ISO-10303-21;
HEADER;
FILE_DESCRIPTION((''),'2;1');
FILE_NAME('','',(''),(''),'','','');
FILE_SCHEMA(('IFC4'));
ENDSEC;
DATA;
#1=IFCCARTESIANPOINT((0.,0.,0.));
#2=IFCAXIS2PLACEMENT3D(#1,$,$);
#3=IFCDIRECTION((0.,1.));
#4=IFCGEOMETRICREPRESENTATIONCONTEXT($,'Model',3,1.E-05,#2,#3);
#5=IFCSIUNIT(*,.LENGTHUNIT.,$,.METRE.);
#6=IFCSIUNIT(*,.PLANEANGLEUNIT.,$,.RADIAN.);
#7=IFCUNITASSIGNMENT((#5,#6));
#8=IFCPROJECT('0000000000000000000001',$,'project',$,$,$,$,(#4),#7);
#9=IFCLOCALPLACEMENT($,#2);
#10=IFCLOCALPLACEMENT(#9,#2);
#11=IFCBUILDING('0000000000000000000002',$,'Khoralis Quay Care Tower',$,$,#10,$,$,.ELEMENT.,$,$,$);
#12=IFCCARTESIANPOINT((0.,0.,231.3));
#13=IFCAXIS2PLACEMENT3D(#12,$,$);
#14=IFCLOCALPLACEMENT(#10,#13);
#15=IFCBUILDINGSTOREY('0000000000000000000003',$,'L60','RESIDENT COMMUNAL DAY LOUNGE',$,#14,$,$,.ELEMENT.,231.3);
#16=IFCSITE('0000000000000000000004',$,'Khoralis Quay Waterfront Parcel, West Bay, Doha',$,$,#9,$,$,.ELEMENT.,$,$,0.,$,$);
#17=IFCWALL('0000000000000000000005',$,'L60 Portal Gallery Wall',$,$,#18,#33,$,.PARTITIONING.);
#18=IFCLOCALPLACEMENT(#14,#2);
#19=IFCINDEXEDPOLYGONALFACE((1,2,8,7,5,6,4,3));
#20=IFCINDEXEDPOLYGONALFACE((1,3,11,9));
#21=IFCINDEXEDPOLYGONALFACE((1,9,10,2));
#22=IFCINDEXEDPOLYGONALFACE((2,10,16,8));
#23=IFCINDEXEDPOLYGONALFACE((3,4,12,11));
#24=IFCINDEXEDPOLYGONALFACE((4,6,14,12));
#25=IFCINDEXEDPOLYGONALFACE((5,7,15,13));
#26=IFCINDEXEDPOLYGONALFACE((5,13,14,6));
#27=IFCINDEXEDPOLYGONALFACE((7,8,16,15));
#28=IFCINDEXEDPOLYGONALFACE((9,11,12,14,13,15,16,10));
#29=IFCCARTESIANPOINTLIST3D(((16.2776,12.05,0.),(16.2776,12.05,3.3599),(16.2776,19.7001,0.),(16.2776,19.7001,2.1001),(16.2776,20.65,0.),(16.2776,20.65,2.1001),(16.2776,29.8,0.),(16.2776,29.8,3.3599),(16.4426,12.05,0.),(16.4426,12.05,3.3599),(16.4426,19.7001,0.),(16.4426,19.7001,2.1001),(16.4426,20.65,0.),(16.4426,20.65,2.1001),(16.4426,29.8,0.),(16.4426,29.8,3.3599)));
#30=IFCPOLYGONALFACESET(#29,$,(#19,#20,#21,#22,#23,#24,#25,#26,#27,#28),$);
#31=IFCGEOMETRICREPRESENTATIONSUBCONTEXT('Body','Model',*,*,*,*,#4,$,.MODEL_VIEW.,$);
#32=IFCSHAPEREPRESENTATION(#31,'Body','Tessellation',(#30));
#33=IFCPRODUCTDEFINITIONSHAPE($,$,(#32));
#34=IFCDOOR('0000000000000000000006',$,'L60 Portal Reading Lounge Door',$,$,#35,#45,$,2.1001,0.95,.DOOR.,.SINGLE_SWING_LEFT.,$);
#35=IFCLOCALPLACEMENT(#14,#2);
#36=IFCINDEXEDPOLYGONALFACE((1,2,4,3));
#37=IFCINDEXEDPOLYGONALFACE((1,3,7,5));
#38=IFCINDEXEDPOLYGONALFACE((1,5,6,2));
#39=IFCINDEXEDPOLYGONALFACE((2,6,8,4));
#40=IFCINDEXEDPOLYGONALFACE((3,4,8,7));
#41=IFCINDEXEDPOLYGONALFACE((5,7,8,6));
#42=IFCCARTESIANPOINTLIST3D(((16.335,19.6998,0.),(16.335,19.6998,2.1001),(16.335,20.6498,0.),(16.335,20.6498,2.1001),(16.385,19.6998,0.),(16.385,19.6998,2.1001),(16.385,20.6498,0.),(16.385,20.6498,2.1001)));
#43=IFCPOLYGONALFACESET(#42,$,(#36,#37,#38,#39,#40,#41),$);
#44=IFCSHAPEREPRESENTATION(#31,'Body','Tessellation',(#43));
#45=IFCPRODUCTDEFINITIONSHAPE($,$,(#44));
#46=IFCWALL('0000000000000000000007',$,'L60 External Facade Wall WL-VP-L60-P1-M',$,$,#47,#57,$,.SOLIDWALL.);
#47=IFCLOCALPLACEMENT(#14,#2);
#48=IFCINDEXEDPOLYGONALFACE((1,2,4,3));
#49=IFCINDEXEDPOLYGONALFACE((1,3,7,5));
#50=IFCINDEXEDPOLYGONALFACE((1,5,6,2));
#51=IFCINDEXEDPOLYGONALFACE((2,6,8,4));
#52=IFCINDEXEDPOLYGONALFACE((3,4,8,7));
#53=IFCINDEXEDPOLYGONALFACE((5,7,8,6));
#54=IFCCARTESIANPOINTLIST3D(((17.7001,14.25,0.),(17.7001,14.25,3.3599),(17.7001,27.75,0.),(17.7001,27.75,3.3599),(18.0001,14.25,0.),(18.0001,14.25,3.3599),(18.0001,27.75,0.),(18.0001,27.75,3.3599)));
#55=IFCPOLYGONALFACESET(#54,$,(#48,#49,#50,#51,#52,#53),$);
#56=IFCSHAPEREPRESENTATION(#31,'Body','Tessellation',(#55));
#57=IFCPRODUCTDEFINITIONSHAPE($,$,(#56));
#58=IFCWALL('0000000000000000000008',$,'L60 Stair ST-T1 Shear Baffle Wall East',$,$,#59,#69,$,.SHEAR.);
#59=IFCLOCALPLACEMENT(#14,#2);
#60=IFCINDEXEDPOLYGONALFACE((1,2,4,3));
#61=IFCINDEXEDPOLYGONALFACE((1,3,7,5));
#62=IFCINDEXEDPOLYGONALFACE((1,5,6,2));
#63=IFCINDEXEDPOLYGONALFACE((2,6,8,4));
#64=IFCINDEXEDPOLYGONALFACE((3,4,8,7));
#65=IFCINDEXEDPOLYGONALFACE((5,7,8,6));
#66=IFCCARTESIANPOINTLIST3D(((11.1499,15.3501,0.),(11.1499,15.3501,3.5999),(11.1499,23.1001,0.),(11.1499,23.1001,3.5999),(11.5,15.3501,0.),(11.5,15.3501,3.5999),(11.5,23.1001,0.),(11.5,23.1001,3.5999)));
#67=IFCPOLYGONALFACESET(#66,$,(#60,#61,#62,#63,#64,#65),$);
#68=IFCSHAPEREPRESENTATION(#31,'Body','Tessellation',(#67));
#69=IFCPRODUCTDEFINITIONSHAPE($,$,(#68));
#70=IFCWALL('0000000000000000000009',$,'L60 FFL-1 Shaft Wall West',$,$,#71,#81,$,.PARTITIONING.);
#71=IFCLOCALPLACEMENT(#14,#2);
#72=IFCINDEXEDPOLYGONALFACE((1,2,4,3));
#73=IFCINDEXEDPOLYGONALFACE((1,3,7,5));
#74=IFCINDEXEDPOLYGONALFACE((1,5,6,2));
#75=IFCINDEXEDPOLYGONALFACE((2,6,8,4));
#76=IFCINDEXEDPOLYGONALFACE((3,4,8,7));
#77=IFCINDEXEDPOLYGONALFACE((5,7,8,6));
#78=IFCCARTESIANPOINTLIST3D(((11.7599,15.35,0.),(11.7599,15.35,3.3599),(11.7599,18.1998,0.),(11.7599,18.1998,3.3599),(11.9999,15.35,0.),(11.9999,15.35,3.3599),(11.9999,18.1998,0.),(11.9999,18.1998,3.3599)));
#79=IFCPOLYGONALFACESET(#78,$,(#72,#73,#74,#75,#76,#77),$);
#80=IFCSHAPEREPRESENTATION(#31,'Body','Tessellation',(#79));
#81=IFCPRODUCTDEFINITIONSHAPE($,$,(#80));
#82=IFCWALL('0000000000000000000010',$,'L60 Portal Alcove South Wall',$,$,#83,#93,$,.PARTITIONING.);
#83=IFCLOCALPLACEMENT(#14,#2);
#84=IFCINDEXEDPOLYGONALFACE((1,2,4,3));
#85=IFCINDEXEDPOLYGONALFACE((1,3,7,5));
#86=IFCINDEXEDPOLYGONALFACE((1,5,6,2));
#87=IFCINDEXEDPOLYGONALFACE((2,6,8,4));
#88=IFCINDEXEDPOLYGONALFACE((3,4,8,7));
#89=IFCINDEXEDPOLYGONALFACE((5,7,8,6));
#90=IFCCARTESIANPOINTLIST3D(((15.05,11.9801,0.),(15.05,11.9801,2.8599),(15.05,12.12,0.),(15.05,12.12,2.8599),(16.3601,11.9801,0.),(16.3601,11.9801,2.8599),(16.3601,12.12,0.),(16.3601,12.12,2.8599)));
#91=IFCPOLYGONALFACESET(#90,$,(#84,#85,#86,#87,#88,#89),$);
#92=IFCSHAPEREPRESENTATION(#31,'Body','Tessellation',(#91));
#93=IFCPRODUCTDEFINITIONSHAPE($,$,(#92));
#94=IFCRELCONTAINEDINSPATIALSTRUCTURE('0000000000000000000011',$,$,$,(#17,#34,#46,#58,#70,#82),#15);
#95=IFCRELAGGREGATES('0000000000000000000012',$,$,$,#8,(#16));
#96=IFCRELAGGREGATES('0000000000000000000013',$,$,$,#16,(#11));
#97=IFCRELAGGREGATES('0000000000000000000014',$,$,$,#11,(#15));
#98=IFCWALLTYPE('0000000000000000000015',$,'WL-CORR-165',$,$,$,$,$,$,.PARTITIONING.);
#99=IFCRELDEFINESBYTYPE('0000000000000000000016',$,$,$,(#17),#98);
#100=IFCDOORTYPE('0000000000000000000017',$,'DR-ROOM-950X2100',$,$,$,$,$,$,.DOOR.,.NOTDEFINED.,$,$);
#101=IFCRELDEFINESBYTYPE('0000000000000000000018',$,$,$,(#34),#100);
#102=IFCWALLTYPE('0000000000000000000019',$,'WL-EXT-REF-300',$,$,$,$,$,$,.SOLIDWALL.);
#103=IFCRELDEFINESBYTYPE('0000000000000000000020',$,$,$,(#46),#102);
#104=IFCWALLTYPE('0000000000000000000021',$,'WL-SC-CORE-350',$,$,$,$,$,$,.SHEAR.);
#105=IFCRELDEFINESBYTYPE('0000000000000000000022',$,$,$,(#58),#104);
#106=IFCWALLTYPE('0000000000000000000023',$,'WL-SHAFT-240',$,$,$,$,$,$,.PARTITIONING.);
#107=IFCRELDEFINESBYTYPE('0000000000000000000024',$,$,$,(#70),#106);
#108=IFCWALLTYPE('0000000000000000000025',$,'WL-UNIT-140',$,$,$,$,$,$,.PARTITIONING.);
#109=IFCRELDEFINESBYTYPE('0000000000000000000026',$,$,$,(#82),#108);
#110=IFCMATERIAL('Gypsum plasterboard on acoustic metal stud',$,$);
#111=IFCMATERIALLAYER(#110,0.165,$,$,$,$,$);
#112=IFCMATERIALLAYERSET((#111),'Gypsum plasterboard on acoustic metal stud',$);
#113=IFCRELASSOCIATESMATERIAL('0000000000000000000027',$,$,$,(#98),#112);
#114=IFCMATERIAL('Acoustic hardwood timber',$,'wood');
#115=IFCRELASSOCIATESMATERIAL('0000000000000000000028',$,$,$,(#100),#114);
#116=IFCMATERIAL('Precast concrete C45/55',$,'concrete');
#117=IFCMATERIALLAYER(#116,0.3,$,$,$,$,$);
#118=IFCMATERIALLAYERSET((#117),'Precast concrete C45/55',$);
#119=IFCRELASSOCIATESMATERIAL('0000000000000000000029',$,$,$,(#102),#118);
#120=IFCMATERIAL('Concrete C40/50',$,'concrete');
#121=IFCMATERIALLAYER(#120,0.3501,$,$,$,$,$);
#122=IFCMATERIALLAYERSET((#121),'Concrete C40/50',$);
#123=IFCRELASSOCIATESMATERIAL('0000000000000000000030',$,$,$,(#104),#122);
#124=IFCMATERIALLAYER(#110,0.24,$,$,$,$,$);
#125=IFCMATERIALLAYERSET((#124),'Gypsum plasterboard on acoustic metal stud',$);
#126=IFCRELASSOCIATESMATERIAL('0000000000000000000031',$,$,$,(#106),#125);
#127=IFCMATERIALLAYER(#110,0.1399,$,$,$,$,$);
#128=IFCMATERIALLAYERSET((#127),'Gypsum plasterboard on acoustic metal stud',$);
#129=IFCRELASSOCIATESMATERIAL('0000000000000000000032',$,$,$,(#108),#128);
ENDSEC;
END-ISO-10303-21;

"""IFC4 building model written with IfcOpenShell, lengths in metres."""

from ifc_helpers import new_model, si_unit, direction, frame, frame_2d, origin, place, context, subcontext, project, spatial, rectangle, extrude, source, transform, mapped, material, layer, layer_set, type_object, element, fill, save


model = new_model("IFC4")

# Units and contexts
model_context = context("Model", 3, precision=1e-05, world=origin(), true_north=direction((0.0, 1.0)))
body_context = subcontext(model_context, "Body", "Model", "MODEL_VIEW")
ifc_project = project(units=[si_unit("LENGTHUNIT", "METRE"), si_unit("PLANEANGLEUNIT", "RADIAN")], contexts=[model_context])

# Site, building, storey
site_placement = place(None, origin())
site = spatial("IfcSite", under=ifc_project, at=site_placement, Name="Khoralis Quay Waterfront Parcel, West Bay, Doha", CompositionType="ELEMENT", RefElevation=0.0)
building_placement = place(site_placement, origin())
building = spatial("IfcBuilding", under=site, at=building_placement, Name="Khoralis Quay Care Tower", CompositionType="ELEMENT")
storey_placement = place(building_placement, frame((0.0, 0.0, 231.3)))
storey = spatial("IfcBuildingStorey", under=building, at=storey_placement, Name="L60", Description="RESIDENT COMMUNAL DAY LOUNGE", CompositionType="ELEMENT", Elevation=231.3)

# Shared definitions
ifc_material_1 = material(Name="Gypsum plasterboard on acoustic metal stud")

# Wall, opening, door
ifc_layer_1 = layer(ifc_material_1, 0.165)
ifc_layer_set_1 = layer_set([ifc_layer_1], Name="Gypsum plasterboard on acoustic metal stud")
wall_type_1 = type_object("IfcWallType", Name="WL-CORR-165", PredefinedType="PARTITIONING", material=ifc_layer_set_1)
wall_1_placement = place(storey_placement, frame((16.3601, 12.05, 0.0), z_axis=(0.0, 0.0, 1.0), x_axis=(0.0, 1.0, 0.0)))
wall_1 = element("IfcWall", 1, at=wall_1_placement, inside=storey, type_object=wall_type_1, Name="L60 Portal Gallery Wall", PredefinedType="PARTITIONING", context=body_context, shape_type="SweptSolid", body=[
    extrude(rectangle(XDim=17.75, YDim=0.165, at=frame_2d((8.875, 0.0))), origin(), (0.0, 0.0, 1.0), 3.3599),
])
opening_1_placement = place(wall_1_placement, frame((7.6499, 0.0, 0.0)))
opening_1 = element("IfcOpeningElement", 2, at=opening_1_placement, cuts=wall_1, PredefinedType="OPENING", context=body_context, shape_type="SweptSolid", body=[
    extrude(rectangle(XDim=0.95, YDim=2.1001, at=frame_2d((0.4751, 1.05))), frame((0.0, 0.0925, 0.0), z_axis=(0.0, -1.0, 0.0), x_axis=(1.0, 0.0, 0.0)), (0.0, 0.0, 1.0), 0.1851),
])
ifc_material_2 = material(Name="Acoustic hardwood timber", Category="wood")
door_type_1 = type_object("IfcDoorType", Name="DR-ROOM-950X2100", OperationType="NOTDEFINED", PredefinedType="DOOR", material=ifc_material_2)
shared_shape_1 = source(origin(), body_context, "Body", "SweptSolid", [
    extrude(rectangle(XDim=0.95, YDim=2.1001, at=frame_2d((0.4751, 1.05))), frame((0.0, 0.0249, 0.0), z_axis=(0.0, -1.0, 0.0), x_axis=(1.0, 0.0, 0.0)), (0.0, 0.0, 1.0), 0.05),
])
door_1_placement = place(opening_1_placement, frame((0.95, 0.0, 0.0), z_axis=(0.0, 0.0, 1.0), x_axis=(-1.0, 0.0, 0.0)))
door_1 = element("IfcDoor", 3, at=door_1_placement, inside=storey, type_object=door_type_1, Name="L60 Portal Reading Lounge Door", OperationType="SINGLE_SWING_LEFT", OverallHeight=2.1001, OverallWidth=0.95, PredefinedType="DOOR", context=body_context, shape_type="MappedRepresentation", body=[
    mapped(shared_shape_1, transform((0.0, 0.0, 0.0), scale=1.0)),
])
fill(opening_1, door_1)

# Walls
ifc_material_3 = material(Name="Precast concrete C45/55", Category="concrete")
ifc_layer_2 = layer(ifc_material_3, 0.3)
ifc_layer_set_2 = layer_set([ifc_layer_2], Name="Precast concrete C45/55")
wall_type_2 = type_object("IfcWallType", Name="WL-EXT-REF-300", PredefinedType="SOLIDWALL", material=ifc_layer_set_2)
wall_2_placement = place(storey_placement, frame((17.8501, 14.25, 0.0), z_axis=(0.0, 0.0, 1.0), x_axis=(0.0, 1.0, 0.0)))
element("IfcWall", 4, at=wall_2_placement, inside=storey, type_object=wall_type_2, Name="L60 External Facade Wall WL-VP-L60-P1-M", PredefinedType="SOLIDWALL", context=body_context, shape_type="SweptSolid", body=[
    extrude(rectangle(XDim=13.5, YDim=0.3, at=frame_2d((6.75, 0.0))), origin(), (0.0, 0.0, 1.0), 3.3599),
])
ifc_material_4 = material(Name="Concrete C40/50", Category="concrete")
ifc_layer_3 = layer(ifc_material_4, 0.3501)
ifc_layer_set_3 = layer_set([ifc_layer_3], Name="Concrete C40/50")
wall_type_3 = type_object("IfcWallType", Name="WL-SC-CORE-350", PredefinedType="SHEAR", material=ifc_layer_set_3)
wall_3_placement = place(storey_placement, frame((11.325, 15.3501, 0.0), z_axis=(0.0, 0.0, 1.0), x_axis=(0.0, 1.0, 0.0)))
element("IfcWall", 5, at=wall_3_placement, inside=storey, type_object=wall_type_3, Name="L60 Stair ST-T1 Shear Baffle Wall East", PredefinedType="SHEAR", context=body_context, shape_type="SweptSolid", body=[
    extrude(rectangle(XDim=7.75, YDim=0.3501, at=frame_2d((3.875, 0.0))), origin(), (0.0, 0.0, 1.0), 3.5999),
])
ifc_layer_4 = layer(ifc_material_1, 0.24)
ifc_layer_set_4 = layer_set([ifc_layer_4], Name="Gypsum plasterboard on acoustic metal stud")
wall_type_4 = type_object("IfcWallType", Name="WL-SHAFT-240", PredefinedType="PARTITIONING", material=ifc_layer_set_4)
wall_4_placement = place(storey_placement, frame((11.8799, 15.3501, 0.0), z_axis=(0.0, 0.0, 1.0), x_axis=(0.0, 1.0, 0.0)))
element("IfcWall", 6, at=wall_4_placement, inside=storey, type_object=wall_type_4, Name="L60 FFL-1 Shaft Wall West", PredefinedType="PARTITIONING", context=body_context, shape_type="SweptSolid", body=[
    extrude(rectangle(XDim=2.8499, YDim=0.24, at=frame_2d((1.4248, 0.0))), origin(), (0.0, 0.0, 1.0), 3.3599),
])
ifc_layer_5 = layer(ifc_material_1, 0.1399)
ifc_layer_set_5 = layer_set([ifc_layer_5], Name="Gypsum plasterboard on acoustic metal stud")
wall_type_5 = type_object("IfcWallType", Name="WL-UNIT-140", PredefinedType="PARTITIONING", material=ifc_layer_set_5)
wall_5_placement = place(storey_placement, frame((15.05, 12.05, 0.0), z_axis=(0.0, 0.0, 1.0), x_axis=(1.0, 0.0, 0.0)))
element("IfcWall", 7, at=wall_5_placement, inside=storey, type_object=wall_type_5, Name="L60 Portal Alcove South Wall", PredefinedType="PARTITIONING", context=body_context, shape_type="SweptSolid", body=[
    extrude(rectangle(XDim=1.3101, YDim=0.1399, at=frame_2d((0.655, 0.0))), origin(), (0.0, 0.0, 1.0), 2.8599),
])

save(model, "model.ifc")
